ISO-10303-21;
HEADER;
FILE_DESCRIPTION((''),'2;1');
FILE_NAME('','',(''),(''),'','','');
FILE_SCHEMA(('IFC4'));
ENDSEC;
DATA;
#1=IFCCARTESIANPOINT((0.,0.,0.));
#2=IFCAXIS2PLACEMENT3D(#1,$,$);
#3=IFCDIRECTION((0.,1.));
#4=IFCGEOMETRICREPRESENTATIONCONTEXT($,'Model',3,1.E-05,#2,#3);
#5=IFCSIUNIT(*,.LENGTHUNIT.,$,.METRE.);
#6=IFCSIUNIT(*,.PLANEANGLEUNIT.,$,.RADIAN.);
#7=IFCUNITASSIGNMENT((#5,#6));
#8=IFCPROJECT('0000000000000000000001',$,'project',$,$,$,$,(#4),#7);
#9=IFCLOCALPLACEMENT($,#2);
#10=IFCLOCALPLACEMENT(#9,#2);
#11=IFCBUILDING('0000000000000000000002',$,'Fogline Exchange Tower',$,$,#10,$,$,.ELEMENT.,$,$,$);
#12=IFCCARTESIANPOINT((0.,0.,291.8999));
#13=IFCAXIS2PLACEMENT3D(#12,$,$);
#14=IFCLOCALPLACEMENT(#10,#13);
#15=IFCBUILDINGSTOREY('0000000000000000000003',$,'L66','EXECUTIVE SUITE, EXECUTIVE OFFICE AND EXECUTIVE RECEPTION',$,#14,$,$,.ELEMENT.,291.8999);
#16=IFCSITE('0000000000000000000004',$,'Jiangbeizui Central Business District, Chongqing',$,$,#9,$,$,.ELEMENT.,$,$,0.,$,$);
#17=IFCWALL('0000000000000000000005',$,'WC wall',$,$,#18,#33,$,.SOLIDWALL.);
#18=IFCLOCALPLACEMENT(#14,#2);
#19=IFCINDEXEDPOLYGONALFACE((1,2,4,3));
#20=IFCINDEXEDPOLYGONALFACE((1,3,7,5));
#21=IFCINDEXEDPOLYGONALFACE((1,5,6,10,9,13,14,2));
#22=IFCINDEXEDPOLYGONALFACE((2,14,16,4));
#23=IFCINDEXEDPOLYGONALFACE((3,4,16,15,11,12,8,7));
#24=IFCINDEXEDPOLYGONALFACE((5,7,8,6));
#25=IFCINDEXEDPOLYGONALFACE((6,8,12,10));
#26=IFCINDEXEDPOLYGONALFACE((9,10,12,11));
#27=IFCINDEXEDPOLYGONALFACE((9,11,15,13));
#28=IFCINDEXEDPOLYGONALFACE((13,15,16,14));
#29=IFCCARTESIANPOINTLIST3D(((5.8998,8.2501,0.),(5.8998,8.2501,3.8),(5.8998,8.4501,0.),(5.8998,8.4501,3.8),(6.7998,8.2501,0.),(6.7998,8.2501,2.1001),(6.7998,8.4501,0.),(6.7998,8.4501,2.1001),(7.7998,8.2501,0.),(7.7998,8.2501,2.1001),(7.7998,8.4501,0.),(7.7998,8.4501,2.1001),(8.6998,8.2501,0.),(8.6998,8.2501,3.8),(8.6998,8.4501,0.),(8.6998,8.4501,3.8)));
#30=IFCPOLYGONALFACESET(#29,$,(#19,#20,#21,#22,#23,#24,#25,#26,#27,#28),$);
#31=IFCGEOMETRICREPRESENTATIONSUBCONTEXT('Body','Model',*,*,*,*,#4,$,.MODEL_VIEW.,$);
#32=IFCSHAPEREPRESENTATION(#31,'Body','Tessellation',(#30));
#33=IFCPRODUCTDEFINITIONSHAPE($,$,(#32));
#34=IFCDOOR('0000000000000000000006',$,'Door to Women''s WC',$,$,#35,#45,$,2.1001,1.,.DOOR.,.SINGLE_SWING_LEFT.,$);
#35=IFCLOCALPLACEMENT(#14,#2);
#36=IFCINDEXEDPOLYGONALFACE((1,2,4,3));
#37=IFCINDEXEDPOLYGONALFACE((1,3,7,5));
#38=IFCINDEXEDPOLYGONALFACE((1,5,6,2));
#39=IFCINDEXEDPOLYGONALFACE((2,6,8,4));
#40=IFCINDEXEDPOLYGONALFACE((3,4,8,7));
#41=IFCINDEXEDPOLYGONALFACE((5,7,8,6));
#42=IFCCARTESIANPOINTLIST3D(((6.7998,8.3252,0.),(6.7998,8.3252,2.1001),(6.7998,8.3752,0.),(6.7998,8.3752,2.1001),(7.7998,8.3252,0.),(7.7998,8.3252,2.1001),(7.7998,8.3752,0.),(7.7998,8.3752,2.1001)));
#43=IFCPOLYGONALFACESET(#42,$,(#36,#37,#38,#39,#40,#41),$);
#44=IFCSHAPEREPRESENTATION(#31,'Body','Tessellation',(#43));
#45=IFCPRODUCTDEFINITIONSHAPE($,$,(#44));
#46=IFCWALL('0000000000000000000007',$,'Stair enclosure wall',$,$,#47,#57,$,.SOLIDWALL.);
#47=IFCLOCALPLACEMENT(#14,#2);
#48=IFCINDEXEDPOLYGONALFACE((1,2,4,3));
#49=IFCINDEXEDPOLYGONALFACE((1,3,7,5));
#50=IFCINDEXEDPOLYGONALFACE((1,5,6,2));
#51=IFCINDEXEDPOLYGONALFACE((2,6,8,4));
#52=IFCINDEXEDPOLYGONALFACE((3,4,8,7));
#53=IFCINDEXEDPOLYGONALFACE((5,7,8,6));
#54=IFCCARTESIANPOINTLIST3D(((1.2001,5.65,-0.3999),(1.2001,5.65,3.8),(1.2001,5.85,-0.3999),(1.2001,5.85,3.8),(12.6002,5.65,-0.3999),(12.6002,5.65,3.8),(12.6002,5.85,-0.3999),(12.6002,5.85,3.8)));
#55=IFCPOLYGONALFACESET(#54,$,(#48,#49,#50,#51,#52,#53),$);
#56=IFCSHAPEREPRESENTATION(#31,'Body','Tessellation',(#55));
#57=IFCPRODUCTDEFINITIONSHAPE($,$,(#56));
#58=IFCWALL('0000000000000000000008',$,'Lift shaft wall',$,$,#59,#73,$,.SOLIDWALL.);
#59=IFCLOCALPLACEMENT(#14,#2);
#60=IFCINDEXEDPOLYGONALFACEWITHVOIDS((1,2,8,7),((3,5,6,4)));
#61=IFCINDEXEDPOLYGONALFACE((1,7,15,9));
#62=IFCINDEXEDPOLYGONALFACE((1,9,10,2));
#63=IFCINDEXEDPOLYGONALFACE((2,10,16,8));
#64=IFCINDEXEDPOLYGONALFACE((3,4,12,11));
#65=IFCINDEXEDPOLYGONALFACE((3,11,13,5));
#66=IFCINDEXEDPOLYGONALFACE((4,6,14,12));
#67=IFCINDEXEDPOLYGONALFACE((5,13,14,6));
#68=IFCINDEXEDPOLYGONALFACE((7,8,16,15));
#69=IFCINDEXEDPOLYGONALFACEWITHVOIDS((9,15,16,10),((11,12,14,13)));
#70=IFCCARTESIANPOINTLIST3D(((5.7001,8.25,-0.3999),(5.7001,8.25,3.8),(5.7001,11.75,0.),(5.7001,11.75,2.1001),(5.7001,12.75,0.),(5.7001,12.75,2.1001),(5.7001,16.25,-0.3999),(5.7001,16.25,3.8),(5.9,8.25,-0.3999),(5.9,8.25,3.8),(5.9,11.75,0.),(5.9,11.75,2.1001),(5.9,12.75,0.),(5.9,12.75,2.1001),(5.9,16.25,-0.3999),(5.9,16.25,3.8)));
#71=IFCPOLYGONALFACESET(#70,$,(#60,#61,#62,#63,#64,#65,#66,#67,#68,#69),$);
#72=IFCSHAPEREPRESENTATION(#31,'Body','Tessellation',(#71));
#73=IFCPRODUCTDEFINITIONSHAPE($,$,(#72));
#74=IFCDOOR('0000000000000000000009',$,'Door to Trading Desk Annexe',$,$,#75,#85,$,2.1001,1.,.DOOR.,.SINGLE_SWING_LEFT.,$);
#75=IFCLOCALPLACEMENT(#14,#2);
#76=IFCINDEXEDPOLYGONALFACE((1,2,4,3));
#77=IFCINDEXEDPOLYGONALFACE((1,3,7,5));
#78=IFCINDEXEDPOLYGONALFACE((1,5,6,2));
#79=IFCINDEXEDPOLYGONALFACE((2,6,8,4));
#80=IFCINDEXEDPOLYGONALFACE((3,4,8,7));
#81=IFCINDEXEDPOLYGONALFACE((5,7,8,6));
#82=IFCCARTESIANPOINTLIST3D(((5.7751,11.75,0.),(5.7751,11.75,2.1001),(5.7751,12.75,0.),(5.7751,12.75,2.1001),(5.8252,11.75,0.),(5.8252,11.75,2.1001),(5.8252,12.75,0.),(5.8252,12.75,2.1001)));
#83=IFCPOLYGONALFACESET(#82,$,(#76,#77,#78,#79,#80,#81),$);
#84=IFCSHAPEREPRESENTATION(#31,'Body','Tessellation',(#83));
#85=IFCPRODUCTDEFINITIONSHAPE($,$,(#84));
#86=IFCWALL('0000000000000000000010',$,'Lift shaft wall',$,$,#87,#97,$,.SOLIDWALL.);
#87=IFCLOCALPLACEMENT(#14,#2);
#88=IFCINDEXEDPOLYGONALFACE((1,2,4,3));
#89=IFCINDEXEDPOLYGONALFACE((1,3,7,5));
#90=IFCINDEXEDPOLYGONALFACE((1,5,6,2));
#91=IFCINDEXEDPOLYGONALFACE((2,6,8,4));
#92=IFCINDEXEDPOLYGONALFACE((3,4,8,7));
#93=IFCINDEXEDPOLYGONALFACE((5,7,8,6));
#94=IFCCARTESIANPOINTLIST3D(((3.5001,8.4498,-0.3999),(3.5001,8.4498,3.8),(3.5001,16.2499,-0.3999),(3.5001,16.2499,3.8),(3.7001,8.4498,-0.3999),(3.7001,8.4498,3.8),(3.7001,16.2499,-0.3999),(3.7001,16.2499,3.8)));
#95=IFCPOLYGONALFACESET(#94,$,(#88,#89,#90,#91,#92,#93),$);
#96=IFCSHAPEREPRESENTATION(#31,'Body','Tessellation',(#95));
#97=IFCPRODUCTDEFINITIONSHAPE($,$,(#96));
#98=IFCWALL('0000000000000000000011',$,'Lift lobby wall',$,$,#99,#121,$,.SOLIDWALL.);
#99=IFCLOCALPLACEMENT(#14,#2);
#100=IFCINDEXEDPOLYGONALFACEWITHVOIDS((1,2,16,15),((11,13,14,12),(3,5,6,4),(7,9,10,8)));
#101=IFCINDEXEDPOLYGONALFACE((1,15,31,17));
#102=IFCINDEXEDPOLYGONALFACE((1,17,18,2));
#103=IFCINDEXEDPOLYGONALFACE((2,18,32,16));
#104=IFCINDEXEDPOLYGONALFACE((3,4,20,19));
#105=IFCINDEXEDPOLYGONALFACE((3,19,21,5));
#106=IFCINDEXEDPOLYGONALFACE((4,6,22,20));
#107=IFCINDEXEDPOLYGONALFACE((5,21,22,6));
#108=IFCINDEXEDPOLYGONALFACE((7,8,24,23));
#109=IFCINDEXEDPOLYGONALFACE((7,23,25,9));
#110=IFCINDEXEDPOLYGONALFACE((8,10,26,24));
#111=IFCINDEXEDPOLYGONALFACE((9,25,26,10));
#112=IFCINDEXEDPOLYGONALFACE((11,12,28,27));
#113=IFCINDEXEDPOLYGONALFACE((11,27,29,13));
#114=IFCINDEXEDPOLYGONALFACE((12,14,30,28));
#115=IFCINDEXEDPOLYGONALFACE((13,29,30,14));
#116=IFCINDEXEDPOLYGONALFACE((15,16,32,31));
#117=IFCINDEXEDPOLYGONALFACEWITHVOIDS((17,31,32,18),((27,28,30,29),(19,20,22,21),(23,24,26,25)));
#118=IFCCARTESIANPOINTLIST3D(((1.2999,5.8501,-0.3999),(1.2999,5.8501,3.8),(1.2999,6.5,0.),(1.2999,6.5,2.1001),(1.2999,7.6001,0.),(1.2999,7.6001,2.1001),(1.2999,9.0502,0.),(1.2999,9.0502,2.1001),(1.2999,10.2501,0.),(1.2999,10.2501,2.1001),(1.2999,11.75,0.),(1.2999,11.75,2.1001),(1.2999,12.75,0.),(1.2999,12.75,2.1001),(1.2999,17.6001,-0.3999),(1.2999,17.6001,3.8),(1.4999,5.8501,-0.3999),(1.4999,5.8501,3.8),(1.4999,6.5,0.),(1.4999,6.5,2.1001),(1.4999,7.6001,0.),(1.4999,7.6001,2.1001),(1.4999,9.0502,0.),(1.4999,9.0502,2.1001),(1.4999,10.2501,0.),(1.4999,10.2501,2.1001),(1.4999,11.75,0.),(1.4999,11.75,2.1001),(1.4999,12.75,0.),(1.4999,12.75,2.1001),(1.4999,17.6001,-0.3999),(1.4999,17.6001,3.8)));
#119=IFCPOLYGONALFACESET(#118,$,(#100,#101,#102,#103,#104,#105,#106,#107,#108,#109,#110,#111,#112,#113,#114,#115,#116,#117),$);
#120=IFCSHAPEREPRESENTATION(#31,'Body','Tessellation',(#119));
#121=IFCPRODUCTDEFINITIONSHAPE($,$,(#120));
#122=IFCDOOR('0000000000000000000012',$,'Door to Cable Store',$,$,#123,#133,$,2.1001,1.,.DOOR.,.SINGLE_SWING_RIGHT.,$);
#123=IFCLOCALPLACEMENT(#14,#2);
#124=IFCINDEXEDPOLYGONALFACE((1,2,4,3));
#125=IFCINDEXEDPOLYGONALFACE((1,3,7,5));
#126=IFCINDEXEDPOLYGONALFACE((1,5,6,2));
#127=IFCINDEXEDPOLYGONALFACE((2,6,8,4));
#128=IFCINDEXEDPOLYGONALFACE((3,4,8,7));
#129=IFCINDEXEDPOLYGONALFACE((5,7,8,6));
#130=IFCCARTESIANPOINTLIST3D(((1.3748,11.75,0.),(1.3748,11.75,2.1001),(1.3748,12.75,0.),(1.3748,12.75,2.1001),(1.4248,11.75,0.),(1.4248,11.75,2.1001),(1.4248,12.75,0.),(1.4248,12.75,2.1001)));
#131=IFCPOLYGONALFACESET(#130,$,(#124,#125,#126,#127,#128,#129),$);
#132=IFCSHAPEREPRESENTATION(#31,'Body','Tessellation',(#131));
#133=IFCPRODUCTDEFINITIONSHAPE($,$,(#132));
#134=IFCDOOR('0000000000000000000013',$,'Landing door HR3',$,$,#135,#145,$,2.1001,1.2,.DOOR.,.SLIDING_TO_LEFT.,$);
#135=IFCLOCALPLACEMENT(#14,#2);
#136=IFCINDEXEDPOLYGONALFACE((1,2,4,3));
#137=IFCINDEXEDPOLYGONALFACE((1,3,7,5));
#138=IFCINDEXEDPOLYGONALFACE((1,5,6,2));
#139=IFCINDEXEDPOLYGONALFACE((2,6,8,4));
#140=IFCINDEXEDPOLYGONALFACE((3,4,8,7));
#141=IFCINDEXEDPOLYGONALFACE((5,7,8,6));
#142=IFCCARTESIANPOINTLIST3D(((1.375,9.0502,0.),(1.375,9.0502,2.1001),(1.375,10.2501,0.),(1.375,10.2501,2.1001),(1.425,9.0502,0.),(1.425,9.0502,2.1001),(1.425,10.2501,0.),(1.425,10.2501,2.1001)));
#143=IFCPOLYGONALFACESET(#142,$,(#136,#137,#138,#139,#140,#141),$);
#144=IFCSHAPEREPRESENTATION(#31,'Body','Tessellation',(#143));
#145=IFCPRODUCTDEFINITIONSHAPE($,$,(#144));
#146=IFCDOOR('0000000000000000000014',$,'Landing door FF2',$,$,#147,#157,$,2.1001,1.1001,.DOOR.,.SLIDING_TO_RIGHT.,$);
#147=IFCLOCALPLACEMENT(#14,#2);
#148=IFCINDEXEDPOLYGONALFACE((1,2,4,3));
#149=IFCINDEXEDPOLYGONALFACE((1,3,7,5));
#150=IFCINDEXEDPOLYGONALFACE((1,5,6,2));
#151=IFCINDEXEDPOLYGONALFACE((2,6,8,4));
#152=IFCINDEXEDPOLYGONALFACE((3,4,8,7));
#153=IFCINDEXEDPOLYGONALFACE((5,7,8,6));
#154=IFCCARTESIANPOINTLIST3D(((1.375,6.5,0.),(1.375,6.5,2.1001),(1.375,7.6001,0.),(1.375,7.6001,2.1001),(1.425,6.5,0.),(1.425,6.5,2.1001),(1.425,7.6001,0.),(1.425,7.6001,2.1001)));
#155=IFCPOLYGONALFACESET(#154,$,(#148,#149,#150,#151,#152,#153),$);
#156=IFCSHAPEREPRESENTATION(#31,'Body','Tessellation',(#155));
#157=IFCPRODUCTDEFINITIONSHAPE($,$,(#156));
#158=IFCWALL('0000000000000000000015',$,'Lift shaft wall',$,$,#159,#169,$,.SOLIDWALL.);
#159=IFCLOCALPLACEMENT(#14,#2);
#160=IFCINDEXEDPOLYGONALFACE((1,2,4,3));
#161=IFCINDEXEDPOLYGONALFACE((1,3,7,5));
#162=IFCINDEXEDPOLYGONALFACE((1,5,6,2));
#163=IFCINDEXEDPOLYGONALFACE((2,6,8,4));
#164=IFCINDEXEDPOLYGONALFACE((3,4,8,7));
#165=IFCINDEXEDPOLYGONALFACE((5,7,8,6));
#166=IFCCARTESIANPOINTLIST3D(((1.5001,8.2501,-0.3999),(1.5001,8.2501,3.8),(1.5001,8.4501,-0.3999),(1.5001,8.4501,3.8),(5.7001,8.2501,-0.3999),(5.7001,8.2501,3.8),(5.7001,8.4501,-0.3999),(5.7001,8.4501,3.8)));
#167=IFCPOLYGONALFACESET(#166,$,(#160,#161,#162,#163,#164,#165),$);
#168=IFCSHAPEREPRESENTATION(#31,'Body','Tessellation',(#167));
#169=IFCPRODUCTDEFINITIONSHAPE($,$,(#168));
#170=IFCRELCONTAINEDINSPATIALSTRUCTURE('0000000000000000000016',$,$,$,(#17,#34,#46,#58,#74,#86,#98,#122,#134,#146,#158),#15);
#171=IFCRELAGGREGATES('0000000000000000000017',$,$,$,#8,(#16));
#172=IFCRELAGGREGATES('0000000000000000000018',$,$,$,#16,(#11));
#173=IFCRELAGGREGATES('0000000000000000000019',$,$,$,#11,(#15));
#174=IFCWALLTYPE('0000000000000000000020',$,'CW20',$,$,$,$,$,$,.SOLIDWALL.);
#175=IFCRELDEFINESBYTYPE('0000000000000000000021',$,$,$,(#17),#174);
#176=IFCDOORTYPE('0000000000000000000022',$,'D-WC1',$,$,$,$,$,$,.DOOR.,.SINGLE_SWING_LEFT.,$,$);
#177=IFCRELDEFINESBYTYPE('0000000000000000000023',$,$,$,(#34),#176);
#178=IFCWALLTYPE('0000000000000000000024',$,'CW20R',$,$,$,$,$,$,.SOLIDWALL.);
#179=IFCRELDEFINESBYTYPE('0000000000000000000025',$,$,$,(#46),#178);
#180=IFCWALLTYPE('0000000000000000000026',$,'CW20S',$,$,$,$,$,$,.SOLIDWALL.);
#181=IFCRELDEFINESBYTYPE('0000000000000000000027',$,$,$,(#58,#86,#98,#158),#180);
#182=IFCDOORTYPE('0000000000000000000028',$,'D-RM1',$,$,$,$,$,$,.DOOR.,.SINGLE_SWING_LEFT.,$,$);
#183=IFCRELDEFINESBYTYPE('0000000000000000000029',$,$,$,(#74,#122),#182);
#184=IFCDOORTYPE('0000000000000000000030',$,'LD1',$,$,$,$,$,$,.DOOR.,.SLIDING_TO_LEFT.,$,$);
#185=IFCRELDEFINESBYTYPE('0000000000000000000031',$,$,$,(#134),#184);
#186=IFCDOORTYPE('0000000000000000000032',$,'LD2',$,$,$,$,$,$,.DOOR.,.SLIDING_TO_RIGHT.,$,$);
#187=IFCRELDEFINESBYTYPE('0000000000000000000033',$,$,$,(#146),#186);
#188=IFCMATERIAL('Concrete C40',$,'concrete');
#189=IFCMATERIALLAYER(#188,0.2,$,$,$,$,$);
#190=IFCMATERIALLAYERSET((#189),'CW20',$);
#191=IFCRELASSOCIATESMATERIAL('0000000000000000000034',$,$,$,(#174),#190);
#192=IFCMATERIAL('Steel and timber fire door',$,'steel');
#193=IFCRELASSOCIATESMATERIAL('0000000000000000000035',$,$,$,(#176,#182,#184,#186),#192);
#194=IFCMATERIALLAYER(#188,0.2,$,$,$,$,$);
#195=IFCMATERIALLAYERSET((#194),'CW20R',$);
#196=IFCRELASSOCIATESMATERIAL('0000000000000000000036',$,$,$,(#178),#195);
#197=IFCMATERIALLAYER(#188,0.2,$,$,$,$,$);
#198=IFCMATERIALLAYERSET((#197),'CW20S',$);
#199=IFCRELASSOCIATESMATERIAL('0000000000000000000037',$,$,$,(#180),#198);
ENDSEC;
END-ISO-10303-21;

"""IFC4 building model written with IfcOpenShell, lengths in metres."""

from ifc_helpers import new_model, si_unit, direction, frame, frame_2d, origin, place, context, subcontext, project, spatial, rectangle, extrude, material, layer, layer_set, type_object, element, fill, save


model = new_model("IFC4")

# Units and contexts
model_context = context("Model", 3, precision=1e-05, world=origin(), true_north=direction((0.0, 1.0)))
body_context = subcontext(model_context, "Body", "Model", "MODEL_VIEW")
ifc_project = project(units=[si_unit("LENGTHUNIT", "METRE"), si_unit("PLANEANGLEUNIT", "RADIAN")], contexts=[model_context])

# Site, building, storey
site_placement = place(None, origin())
site = spatial("IfcSite", under=ifc_project, at=site_placement, Name="Jiangbeizui Central Business District, Chongqing", CompositionType="ELEMENT", RefElevation=0.0)
building_placement = place(site_placement, origin())
building = spatial("IfcBuilding", under=site, at=building_placement, Name="Fogline Exchange Tower", CompositionType="ELEMENT")
storey_placement = place(building_placement, frame((0.0, 0.0, 291.8999)))
storey = spatial("IfcBuildingStorey", under=building, at=storey_placement, Name="L66", Description="EXECUTIVE SUITE, EXECUTIVE OFFICE AND EXECUTIVE RECEPTION", CompositionType="ELEMENT", Elevation=291.8999)

# Shared definitions
ifc_material_1 = material(Name="Concrete C40", Category="concrete")

# Wall, opening, door
ifc_layer_1 = layer(ifc_material_1, 0.2)
ifc_layer_set_1 = layer_set([ifc_layer_1], Name="CW20")
wall_type_1 = type_object("IfcWallType", Name="CW20", PredefinedType="SOLIDWALL", material=ifc_layer_set_1)
wall_1_placement = place(storey_placement, frame((5.8999, 8.3501, 0.0), z_axis=(0.0, 0.0, 1.0), x_axis=(1.0, 0.0, 0.0)))
wall_1 = element("IfcWall", 1, at=wall_1_placement, inside=storey, type_object=wall_type_1, Name="WC wall", PredefinedType="SOLIDWALL", context=body_context, shape_type="SweptSolid", body=[
    extrude(rectangle(XDim=2.8, YDim=0.2, at=frame_2d((1.3999, 0.0))), origin(), (0.0, 0.0, 1.0), 3.8),
])
opening_1_placement = place(wall_1_placement, frame((0.8999, 0.0, 0.0)))
opening_1 = element("IfcOpeningElement", 2, at=opening_1_placement, cuts=wall_1, PredefinedType="OPENING", context=body_context, shape_type="SweptSolid", body=[
    extrude(rectangle(XDim=1.0, YDim=2.1001, at=frame_2d((0.5, 1.05))), frame((0.0, 0.1099, 0.0), z_axis=(0.0, -1.0, 0.0), x_axis=(1.0, 0.0, 0.0)), (0.0, 0.0, 1.0), 0.22),
])
ifc_material_2 = material(Name="Steel and timber fire door", Category="steel")
door_type_1 = type_object("IfcDoorType", Name="D-WC1", OperationType="SINGLE_SWING_LEFT", PredefinedType="DOOR", material=ifc_material_2)
door_1_placement = place(opening_1_placement, frame((1.0, 0.0, 0.0), z_axis=(0.0, 0.0, 1.0), x_axis=(-1.0, 0.0, 0.0)))
door_1 = element("IfcDoor", 3, at=door_1_placement, inside=storey, type_object=door_type_1, Name="Door to Women's WC", OperationType="SINGLE_SWING_LEFT", OverallHeight=2.1001, OverallWidth=1.0, PredefinedType="DOOR", context=body_context, shape_type="SweptSolid", body=[
    extrude(rectangle(XDim=1.0, YDim=2.1001, at=frame_2d((0.5, 1.05))), frame((0.0, 0.0249, 0.0), z_axis=(0.0, -1.0, 0.0), x_axis=(1.0, 0.0, 0.0)), (0.0, 0.0, 1.0), 0.05),
])
fill(opening_1, door_1)

# Wall
ifc_layer_2 = layer(ifc_material_1, 0.2)
ifc_layer_set_2 = layer_set([ifc_layer_2], Name="CW20R")
wall_type_2 = type_object("IfcWallType", Name="CW20R", PredefinedType="SOLIDWALL", material=ifc_layer_set_2)
wall_2_placement = place(storey_placement, frame((1.2, 5.75, -0.3999), z_axis=(0.0, 0.0, 1.0), x_axis=(1.0, 0.0, 0.0)))
element("IfcWall", 4, at=wall_2_placement, inside=storey, type_object=wall_type_2, Name="Stair enclosure wall", PredefinedType="SOLIDWALL", context=body_context, shape_type="SweptSolid", body=[
    extrude(rectangle(XDim=11.4001, YDim=0.2, at=frame_2d((5.7002, 0.0))), origin(), (0.0, 0.0, 1.0), 4.2),
])

# Wall, opening, door
ifc_layer_3 = layer(ifc_material_1, 0.2)
ifc_layer_set_3 = layer_set([ifc_layer_3], Name="CW20S")
wall_type_3 = type_object("IfcWallType", Name="CW20S", PredefinedType="SOLIDWALL", material=ifc_layer_set_3)
wall_3_placement = place(storey_placement, frame((5.8, 8.25, -0.3999), z_axis=(0.0, 0.0, 1.0), x_axis=(0.0, 1.0, 0.0)))
wall_3 = element("IfcWall", 5, at=wall_3_placement, inside=storey, type_object=wall_type_3, Name="Lift shaft wall", PredefinedType="SOLIDWALL", context=body_context, shape_type="SweptSolid", body=[
    extrude(rectangle(XDim=8.0, YDim=0.2, at=frame_2d((4.0, 0.0))), origin(), (0.0, 0.0, 1.0), 4.2),
])
opening_2_placement = place(wall_3_placement, frame((3.5, 0.0, 0.3999)))
opening_2 = element("IfcOpeningElement", 6, at=opening_2_placement, cuts=wall_3, PredefinedType="OPENING", context=body_context, shape_type="SweptSolid", body=[
    extrude(rectangle(XDim=1.0, YDim=2.1001, at=frame_2d((0.5, 1.05))), frame((0.0, 0.1099, 0.0), z_axis=(0.0, -1.0, 0.0), x_axis=(1.0, 0.0, 0.0)), (0.0, 0.0, 1.0), 0.22),
])
door_type_2 = type_object("IfcDoorType", Name="D-RM1", OperationType="SINGLE_SWING_LEFT", PredefinedType="DOOR", material=ifc_material_2)
door_2_placement = place(opening_2_placement, origin())
door_2 = element("IfcDoor", 7, at=door_2_placement, inside=storey, type_object=door_type_2, Name="Door to Trading Desk Annexe", OperationType="SINGLE_SWING_LEFT", OverallHeight=2.1001, OverallWidth=1.0, PredefinedType="DOOR", context=body_context, shape_type="SweptSolid", body=[
    extrude(rectangle(XDim=1.0, YDim=2.1001, at=frame_2d((0.5, 1.05))), frame((0.0, 0.0249, 0.0), z_axis=(0.0, -1.0, 0.0), x_axis=(1.0, 0.0, 0.0)), (0.0, 0.0, 1.0), 0.05),
])
fill(opening_2, door_2)

# Wall
wall_4_placement = place(storey_placement, frame((3.6001, 8.45, -0.3999), z_axis=(0.0, 0.0, 1.0), x_axis=(0.0, 1.0, 0.0)))
element("IfcWall", 8, at=wall_4_placement, inside=storey, type_object=wall_type_3, Name="Lift shaft wall", PredefinedType="SOLIDWALL", context=body_context, shape_type="SweptSolid", body=[
    extrude(rectangle(XDim=7.8, YDim=0.2, at=frame_2d((3.8999, 0.0))), origin(), (0.0, 0.0, 1.0), 4.2),
])

# Wall, openings, doors
wall_5_placement = place(storey_placement, frame((1.3999, 5.8501, -0.3999), z_axis=(0.0, 0.0, 1.0), x_axis=(0.0, 1.0, 0.0)))
wall_5 = element("IfcWall", 9, at=wall_5_placement, inside=storey, type_object=wall_type_3, Name="Lift lobby wall", PredefinedType="SOLIDWALL", context=body_context, shape_type="SweptSolid", body=[
    extrude(rectangle(XDim=11.75, YDim=0.2, at=frame_2d((5.875, 0.0))), origin(), (0.0, 0.0, 1.0), 4.2),
])
opening_3_placement = place(wall_5_placement, frame((3.2, 0.0, 0.3999)))
opening_3 = element("IfcOpeningElement", 10, at=opening_3_placement, cuts=wall_5, PredefinedType="OPENING", context=body_context, shape_type="SweptSolid", body=[
    extrude(rectangle(XDim=1.2, YDim=2.1001, at=frame_2d((0.6001, 1.05))), frame((0.0, 0.1099, 0.0), z_axis=(0.0, -1.0, 0.0), x_axis=(1.0, 0.0, 0.0)), (0.0, 0.0, 1.0), 0.22),
])
opening_4_placement = place(wall_5_placement, frame((0.6499, 0.0, 0.3999)))
opening_4 = element("IfcOpeningElement", 11, at=opening_4_placement, cuts=wall_5, PredefinedType="OPENING", context=body_context, shape_type="SweptSolid", body=[
    extrude(rectangle(XDim=1.1001, YDim=2.1001, at=frame_2d((0.55, 1.05))), frame((0.0, 0.1099, 0.0), z_axis=(0.0, -1.0, 0.0), x_axis=(1.0, 0.0, 0.0)), (0.0, 0.0, 1.0), 0.22),
])
opening_5_placement = place(wall_5_placement, frame((5.8999, 0.0, 0.3999)))
opening_5 = element("IfcOpeningElement", 12, at=opening_5_placement, cuts=wall_5, PredefinedType="OPENING", context=body_context, shape_type="SweptSolid", body=[
    extrude(rectangle(XDim=1.0, YDim=2.1001, at=frame_2d((0.5, 1.05))), frame((0.0, 0.1099, 0.0), z_axis=(0.0, -1.0, 0.0), x_axis=(1.0, 0.0, 0.0)), (0.0, 0.0, 1.0), 0.22),
])
door_3_placement = place(opening_5_placement, frame((1.0, 0.0, 0.0), z_axis=(0.0, 0.0, 1.0), x_axis=(-1.0, 0.0, 0.0)))
door_3 = element("IfcDoor", 13, at=door_3_placement, inside=storey, type_object=door_type_2, Name="Door to Cable Store", OperationType="SINGLE_SWING_RIGHT", OverallHeight=2.1001, OverallWidth=1.0, PredefinedType="DOOR", context=body_context, shape_type="SweptSolid", body=[
    extrude(rectangle(XDim=1.0, YDim=2.1001, at=frame_2d((0.5, 1.05))), frame((0.0, 0.0249, 0.0), z_axis=(0.0, -1.0, 0.0), x_axis=(1.0, 0.0, 0.0)), (0.0, 0.0, 1.0), 0.05),
])
fill(opening_5, door_3)
door_type_3 = type_object("IfcDoorType", Name="LD1", OperationType="SLIDING_TO_LEFT", PredefinedType="DOOR", material=ifc_material_2)
door_4_placement = place(opening_3_placement, origin())
door_4 = element("IfcDoor", 14, at=door_4_placement, inside=storey, type_object=door_type_3, Name="Landing door HR3", OperationType="SLIDING_TO_LEFT", OverallHeight=2.1001, OverallWidth=1.2, PredefinedType="DOOR", context=body_context, shape_type="SweptSolid", body=[
    extrude(rectangle(XDim=1.2, YDim=2.1001, at=frame_2d((0.6001, 1.05))), frame((0.0, 0.0249, 0.0), z_axis=(0.0, -1.0, 0.0), x_axis=(1.0, 0.0, 0.0)), (0.0, 0.0, 1.0), 0.05),
])
fill(opening_3, door_4)
door_type_4 = type_object("IfcDoorType", Name="LD2", OperationType="SLIDING_TO_RIGHT", PredefinedType="DOOR", material=ifc_material_2)
door_5_placement = place(opening_4_placement, origin())
door_5 = element("IfcDoor", 15, at=door_5_placement, inside=storey, type_object=door_type_4, Name="Landing door FF2", OperationType="SLIDING_TO_RIGHT", OverallHeight=2.1001, OverallWidth=1.1001, PredefinedType="DOOR", context=body_context, shape_type="SweptSolid", body=[
    extrude(rectangle(XDim=1.1001, YDim=2.1001, at=frame_2d((0.55, 1.05))), frame((0.0, 0.0249, 0.0), z_axis=(0.0, -1.0, 0.0), x_axis=(1.0, 0.0, 0.0)), (0.0, 0.0, 1.0), 0.05),
])
fill(opening_4, door_5)

# Wall
wall_6_placement = place(storey_placement, frame((1.5, 8.3501, -0.3999), z_axis=(0.0, 0.0, 1.0), x_axis=(1.0, 0.0, 0.0)))
element("IfcWall", 16, at=wall_6_placement, inside=storey, type_object=wall_type_3, Name="Lift shaft wall", PredefinedType="SOLIDWALL", context=body_context, shape_type="SweptSolid", body=[
    extrude(rectangle(XDim=4.2, YDim=0.2, at=frame_2d((2.1001, 0.0))), origin(), (0.0, 0.0, 1.0), 4.2),
])

save(model, "model.ifc")
